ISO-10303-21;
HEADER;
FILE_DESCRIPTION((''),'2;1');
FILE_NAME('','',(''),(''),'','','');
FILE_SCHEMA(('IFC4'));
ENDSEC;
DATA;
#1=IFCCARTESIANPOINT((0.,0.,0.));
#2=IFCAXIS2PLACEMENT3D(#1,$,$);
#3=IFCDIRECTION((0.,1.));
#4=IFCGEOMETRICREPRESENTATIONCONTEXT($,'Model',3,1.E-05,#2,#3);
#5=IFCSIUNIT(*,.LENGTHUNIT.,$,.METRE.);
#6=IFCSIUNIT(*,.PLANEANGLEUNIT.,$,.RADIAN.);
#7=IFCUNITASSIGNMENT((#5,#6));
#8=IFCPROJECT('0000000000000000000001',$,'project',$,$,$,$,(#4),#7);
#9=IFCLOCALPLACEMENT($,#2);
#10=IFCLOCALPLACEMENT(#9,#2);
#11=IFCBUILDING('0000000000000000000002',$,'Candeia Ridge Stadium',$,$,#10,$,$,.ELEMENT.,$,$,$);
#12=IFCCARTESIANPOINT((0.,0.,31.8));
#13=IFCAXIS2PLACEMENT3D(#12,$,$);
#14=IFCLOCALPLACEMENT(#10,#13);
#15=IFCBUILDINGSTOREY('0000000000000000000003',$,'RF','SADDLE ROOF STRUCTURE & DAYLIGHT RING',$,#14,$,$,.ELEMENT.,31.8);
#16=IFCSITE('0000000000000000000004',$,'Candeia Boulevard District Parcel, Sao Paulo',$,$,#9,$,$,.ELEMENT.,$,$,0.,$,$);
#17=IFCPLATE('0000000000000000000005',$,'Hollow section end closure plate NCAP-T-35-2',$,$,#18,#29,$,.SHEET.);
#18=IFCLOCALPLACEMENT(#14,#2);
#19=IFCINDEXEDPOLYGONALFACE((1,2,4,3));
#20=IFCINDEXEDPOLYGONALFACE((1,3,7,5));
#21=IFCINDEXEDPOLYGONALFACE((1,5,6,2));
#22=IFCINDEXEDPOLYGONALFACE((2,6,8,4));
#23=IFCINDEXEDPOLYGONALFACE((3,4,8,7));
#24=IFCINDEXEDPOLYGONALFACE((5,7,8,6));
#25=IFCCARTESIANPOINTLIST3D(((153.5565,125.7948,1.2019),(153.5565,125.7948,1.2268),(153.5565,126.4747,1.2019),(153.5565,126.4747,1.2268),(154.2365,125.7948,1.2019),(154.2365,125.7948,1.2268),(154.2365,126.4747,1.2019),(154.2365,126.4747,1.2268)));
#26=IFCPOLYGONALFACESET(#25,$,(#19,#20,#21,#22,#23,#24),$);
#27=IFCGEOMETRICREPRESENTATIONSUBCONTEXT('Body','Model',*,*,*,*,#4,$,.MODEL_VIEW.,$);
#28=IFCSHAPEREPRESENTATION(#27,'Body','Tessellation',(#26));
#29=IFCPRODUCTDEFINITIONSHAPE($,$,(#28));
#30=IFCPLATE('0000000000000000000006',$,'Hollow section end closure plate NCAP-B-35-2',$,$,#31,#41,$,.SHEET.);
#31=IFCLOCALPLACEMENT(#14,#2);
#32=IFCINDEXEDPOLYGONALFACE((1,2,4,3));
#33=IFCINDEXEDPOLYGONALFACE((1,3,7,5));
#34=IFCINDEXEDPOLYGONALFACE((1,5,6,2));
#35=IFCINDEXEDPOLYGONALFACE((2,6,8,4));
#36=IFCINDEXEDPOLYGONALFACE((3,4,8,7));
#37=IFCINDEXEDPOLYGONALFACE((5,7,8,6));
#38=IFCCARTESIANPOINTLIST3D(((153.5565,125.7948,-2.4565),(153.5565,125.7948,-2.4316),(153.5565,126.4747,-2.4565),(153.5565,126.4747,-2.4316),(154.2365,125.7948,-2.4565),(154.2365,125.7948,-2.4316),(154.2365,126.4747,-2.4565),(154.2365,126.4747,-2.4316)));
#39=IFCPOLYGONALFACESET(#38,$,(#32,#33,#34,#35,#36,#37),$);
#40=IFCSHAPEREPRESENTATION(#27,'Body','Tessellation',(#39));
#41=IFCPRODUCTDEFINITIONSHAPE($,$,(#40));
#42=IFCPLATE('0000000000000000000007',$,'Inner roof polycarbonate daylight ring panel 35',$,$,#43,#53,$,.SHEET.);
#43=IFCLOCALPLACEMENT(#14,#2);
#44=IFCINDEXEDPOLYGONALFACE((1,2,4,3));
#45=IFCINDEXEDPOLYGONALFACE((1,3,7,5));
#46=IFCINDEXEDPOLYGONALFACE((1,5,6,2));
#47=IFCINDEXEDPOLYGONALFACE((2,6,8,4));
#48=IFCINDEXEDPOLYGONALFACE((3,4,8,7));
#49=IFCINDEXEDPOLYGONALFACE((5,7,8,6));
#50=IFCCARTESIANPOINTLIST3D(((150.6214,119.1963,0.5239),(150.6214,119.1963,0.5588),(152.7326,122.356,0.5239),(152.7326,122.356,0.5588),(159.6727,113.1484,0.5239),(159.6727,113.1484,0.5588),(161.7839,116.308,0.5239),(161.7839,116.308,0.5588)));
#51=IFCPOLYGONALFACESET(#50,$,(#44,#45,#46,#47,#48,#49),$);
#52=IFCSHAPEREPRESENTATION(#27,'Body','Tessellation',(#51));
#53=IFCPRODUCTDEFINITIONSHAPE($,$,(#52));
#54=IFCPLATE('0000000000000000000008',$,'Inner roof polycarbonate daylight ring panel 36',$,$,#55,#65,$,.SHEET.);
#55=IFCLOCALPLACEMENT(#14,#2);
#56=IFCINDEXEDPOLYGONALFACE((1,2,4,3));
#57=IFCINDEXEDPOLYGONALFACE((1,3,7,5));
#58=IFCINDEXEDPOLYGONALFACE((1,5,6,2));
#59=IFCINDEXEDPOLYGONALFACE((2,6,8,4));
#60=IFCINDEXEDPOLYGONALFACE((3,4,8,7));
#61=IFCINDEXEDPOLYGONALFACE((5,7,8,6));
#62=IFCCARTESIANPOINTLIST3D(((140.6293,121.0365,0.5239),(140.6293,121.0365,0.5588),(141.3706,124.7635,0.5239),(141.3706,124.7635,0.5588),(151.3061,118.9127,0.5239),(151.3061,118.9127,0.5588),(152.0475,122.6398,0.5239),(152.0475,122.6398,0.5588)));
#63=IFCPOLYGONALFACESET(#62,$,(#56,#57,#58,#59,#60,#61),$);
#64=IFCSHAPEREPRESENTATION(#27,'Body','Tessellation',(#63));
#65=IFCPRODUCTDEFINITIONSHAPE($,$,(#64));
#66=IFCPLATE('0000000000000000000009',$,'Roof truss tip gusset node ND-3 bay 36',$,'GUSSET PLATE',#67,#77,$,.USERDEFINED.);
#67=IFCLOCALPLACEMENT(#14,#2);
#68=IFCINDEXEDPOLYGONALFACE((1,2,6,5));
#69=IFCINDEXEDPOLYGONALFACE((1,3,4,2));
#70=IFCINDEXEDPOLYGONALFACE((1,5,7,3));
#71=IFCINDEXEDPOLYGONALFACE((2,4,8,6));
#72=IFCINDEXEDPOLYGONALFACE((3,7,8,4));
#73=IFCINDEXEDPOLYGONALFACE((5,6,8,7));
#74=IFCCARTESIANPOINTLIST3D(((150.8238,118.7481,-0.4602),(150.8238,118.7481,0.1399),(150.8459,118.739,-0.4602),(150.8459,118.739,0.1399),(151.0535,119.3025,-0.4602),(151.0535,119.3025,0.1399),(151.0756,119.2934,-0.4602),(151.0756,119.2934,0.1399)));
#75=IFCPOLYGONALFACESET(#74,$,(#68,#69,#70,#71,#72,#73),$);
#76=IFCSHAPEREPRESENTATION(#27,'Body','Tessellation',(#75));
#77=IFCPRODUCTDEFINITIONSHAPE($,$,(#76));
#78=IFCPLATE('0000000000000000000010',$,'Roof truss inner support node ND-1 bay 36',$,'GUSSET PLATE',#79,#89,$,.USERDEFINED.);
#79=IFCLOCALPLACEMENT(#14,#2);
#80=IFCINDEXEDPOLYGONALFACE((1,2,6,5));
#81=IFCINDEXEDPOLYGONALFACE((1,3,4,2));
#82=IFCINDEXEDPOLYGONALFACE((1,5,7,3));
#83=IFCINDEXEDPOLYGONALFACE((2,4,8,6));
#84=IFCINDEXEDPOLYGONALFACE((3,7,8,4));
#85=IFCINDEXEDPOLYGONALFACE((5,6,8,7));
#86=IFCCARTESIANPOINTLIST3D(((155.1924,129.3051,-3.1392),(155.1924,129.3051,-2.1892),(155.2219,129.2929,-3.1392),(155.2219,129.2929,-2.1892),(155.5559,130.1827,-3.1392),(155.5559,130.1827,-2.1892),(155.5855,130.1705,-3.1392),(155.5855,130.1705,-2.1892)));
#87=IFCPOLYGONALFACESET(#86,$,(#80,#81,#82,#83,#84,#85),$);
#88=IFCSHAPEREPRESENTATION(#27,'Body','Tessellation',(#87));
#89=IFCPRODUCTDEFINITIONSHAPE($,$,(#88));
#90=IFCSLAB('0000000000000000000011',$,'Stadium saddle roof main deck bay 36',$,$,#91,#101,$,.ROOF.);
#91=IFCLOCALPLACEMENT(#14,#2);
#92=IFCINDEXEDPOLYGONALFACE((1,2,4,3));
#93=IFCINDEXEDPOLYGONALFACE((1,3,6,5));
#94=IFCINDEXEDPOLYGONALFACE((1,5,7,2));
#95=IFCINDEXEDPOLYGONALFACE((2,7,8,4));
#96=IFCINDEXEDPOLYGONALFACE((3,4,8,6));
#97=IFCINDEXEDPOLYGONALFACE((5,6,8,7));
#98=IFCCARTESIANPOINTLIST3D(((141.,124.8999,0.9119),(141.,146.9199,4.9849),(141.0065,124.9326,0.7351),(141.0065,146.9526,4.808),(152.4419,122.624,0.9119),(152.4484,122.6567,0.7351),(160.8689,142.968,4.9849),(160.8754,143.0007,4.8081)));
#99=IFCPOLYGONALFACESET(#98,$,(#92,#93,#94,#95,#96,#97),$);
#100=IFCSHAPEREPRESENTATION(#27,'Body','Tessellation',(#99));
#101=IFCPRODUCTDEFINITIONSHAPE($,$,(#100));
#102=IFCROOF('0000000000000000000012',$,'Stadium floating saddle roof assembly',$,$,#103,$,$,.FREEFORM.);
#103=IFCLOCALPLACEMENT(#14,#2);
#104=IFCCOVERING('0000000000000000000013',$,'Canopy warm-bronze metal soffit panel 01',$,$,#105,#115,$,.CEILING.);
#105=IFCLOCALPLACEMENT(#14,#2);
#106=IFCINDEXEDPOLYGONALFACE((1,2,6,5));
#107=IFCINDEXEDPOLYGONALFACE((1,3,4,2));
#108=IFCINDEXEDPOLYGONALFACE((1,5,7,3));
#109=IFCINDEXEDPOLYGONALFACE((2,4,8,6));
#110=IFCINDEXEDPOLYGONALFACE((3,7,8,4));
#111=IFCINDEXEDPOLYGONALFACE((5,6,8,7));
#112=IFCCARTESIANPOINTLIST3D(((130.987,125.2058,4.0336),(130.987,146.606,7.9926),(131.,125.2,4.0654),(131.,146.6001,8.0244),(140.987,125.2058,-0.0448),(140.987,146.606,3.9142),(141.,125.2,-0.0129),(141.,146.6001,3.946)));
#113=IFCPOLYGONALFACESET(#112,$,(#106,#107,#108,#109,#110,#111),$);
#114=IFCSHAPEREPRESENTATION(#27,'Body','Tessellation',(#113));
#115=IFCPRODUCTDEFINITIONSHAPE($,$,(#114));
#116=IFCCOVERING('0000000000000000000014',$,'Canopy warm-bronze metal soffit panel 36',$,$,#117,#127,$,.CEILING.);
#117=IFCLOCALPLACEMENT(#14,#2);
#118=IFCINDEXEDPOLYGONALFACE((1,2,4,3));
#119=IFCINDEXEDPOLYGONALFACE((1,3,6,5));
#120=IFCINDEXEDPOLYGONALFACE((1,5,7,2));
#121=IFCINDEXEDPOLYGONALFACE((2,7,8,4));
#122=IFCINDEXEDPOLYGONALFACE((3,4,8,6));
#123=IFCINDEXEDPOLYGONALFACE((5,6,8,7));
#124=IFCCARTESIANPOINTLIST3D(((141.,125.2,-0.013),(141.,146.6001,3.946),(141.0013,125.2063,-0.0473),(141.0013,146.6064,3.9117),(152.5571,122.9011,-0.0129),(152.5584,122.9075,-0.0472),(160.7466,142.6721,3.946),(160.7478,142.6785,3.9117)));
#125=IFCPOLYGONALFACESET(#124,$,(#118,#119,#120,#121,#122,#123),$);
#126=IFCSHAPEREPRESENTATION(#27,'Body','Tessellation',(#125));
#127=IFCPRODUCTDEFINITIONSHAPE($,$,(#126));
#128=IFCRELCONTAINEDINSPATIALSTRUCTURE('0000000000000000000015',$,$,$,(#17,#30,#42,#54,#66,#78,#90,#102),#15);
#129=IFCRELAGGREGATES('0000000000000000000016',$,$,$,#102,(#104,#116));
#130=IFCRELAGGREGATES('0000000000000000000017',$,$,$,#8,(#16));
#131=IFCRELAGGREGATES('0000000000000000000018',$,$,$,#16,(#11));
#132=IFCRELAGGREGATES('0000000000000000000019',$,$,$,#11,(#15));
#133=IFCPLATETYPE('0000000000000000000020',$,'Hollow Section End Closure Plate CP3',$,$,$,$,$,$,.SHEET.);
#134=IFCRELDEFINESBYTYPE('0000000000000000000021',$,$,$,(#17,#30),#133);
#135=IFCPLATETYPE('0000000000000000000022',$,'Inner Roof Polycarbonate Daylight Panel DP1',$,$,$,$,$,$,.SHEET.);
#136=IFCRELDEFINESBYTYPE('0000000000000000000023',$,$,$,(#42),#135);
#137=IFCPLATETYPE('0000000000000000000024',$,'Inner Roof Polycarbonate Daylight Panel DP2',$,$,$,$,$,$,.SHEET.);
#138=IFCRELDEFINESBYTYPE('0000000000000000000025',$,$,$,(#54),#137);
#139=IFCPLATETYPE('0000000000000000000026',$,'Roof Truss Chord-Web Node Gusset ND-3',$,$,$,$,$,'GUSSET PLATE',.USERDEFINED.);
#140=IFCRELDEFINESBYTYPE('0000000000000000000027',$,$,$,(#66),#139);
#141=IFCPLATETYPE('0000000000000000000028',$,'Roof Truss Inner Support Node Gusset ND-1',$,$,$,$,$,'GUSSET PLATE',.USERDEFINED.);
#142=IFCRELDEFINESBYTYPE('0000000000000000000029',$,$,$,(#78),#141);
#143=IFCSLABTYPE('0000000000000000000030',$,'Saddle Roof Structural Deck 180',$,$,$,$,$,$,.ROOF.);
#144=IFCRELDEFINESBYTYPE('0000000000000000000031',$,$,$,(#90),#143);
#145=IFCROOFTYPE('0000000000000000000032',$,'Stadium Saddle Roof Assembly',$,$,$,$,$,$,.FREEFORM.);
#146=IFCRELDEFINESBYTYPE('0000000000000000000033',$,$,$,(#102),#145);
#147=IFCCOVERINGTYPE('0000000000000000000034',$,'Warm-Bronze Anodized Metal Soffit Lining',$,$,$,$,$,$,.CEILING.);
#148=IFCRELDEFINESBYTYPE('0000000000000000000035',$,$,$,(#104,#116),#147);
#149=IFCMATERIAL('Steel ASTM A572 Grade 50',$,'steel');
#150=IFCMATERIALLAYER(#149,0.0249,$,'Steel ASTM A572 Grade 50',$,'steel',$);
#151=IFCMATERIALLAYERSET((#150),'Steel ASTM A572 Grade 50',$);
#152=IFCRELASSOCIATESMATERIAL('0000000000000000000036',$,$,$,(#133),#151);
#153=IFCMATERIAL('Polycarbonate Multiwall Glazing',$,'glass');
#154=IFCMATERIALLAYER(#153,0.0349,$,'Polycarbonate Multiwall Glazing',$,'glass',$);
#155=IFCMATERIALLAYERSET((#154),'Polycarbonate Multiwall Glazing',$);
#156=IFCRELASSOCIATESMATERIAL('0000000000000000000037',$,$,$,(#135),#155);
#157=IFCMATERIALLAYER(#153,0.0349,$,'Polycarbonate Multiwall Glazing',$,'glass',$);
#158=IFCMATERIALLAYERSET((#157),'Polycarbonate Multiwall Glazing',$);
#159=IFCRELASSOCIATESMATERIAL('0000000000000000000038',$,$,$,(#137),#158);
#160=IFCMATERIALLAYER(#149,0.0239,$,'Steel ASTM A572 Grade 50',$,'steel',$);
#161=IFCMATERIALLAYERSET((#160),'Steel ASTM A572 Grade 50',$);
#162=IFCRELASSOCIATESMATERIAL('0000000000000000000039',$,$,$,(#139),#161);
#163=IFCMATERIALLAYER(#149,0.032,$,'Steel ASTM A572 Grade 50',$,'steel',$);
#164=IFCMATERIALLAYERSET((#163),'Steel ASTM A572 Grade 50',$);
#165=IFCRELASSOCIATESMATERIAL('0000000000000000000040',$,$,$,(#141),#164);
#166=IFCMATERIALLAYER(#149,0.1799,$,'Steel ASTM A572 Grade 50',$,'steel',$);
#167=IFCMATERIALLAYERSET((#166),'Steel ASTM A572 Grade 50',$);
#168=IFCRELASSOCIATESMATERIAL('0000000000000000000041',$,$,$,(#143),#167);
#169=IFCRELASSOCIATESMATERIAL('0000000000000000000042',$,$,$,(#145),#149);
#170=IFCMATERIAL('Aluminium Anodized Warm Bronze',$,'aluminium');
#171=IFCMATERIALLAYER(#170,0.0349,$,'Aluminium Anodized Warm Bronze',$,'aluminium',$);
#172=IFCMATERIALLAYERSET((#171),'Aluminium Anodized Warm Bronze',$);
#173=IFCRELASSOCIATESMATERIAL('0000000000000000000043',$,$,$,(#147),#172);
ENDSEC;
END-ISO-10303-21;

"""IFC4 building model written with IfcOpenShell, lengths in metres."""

from ifc_helpers import new_model, si_unit, direction, frame, origin, origin_2d, place, context, subcontext, project, spatial, polyline, rectangle, outline, extrude, material, layer, layer_set, type_object, element, aggregate, save


model = new_model("IFC4")

# Units and contexts
model_context = context("Model", 3, precision=1e-05, world=origin(), true_north=direction((0.0, 1.0)))
body_context = subcontext(model_context, "Body", "Model", "MODEL_VIEW")
ifc_project = project(units=[si_unit("LENGTHUNIT", "METRE"), si_unit("PLANEANGLEUNIT", "RADIAN")], contexts=[model_context])

# Site, building, storey
site_placement = place(None, origin())
site = spatial("IfcSite", under=ifc_project, at=site_placement, Name="Candeia Boulevard District Parcel, Sao Paulo", CompositionType="ELEMENT", RefElevation=0.0)
building_placement = place(site_placement, origin())
building = spatial("IfcBuilding", under=site, at=building_placement, Name="Candeia Ridge Stadium", CompositionType="ELEMENT")
storey_placement = place(building_placement, frame((0.0, 0.0, 31.8)))
storey = spatial("IfcBuildingStorey", under=building, at=storey_placement, Name="RF", Description="SADDLE ROOF STRUCTURE & DAYLIGHT RING", CompositionType="ELEMENT", Elevation=31.8)

# Shared definitions
ifc_material_1 = material(Name="Steel ASTM A572 Grade 50", Category="steel")

# Plates
ifc_layer_1 = layer(ifc_material_1, 0.0249, Name="Steel ASTM A572 Grade 50", Category="steel")
ifc_layer_set_1 = layer_set([ifc_layer_1], Name="Steel ASTM A572 Grade 50")
plate_type_1 = type_object("IfcPlateType", Name="Hollow Section End Closure Plate CP3", PredefinedType="SHEET", material=ifc_layer_set_1)
for number, where, z_axis, x_axis, name in (
    (1, (153.8965, 126.1348, 1.2019), (0.0, 0.0, 1.0), (1.0, 0.0, 0.0), "Hollow section end closure plate NCAP-T-35-2"),
    (2, (153.8965, 126.1348, -2.4565), (0.0, 0.0, 1.0), (1.0, 0.0, 0.0), "Hollow section end closure plate NCAP-B-35-2"),
):
    element("IfcPlate", number, at=place(storey_placement, frame(where, z_axis=z_axis, x_axis=x_axis)), inside=storey, type_object=plate_type_1, Name=name, PredefinedType="SHEET", context=body_context, shape_type="SweptSolid", body=[
        extrude(rectangle(XDim=0.6799, YDim=0.6799, at=origin_2d()), origin(), (0.0, 0.0, 1.0), 0.0249),
    ])
ifc_material_2 = material(Name="Polycarbonate Multiwall Glazing", Category="glass")
ifc_layer_2 = layer(ifc_material_2, 0.0349, Name="Polycarbonate Multiwall Glazing", Category="glass")
ifc_layer_set_2 = layer_set([ifc_layer_2], Name="Polycarbonate Multiwall Glazing")
plate_type_2 = type_object("IfcPlateType", Name="Inner Roof Polycarbonate Daylight Panel DP1", PredefinedType="SHEET", material=ifc_layer_set_2)
plate_1_placement = place(storey_placement, frame((156.2026, 117.7522, 0.5239), z_axis=(0.0, 0.0, 1.0), x_axis=(-0.83147, 0.55557, 0.0)))
element("IfcPlate", 3, at=plate_1_placement, inside=storey, type_object=plate_type_2, Name="Inner roof polycarbonate daylight ring panel 35", PredefinedType="SHEET", context=body_context, shape_type="SweptSolid", body=[
    extrude(rectangle(XDim=10.886, YDim=3.8, at=origin_2d()), origin(), (0.0, 0.0, 1.0), 0.0349),
])
ifc_layer_3 = layer(ifc_material_2, 0.0349, Name="Polycarbonate Multiwall Glazing", Category="glass")
ifc_layer_set_3 = layer_set([ifc_layer_3], Name="Polycarbonate Multiwall Glazing")
plate_type_3 = type_object("IfcPlateType", Name="Inner Roof Polycarbonate Daylight Panel DP2", PredefinedType="SHEET", material=ifc_layer_set_3)
plate_2_placement = place(storey_placement, frame((146.3384, 121.8381, 0.5239), z_axis=(0.0, 0.0, 1.0), x_axis=(-0.980785, 0.19509, 0.0)))
element("IfcPlate", 4, at=plate_2_placement, inside=storey, type_object=plate_type_3, Name="Inner roof polycarbonate daylight ring panel 36", PredefinedType="SHEET", context=body_context, shape_type="SweptSolid", body=[
    extrude(rectangle(XDim=10.886, YDim=3.8, at=origin_2d()), origin(), (0.0, 0.0, 1.0), 0.0349),
])
ifc_layer_4 = layer(ifc_material_1, 0.0239, Name="Steel ASTM A572 Grade 50", Category="steel")
ifc_layer_set_4 = layer_set([ifc_layer_4], Name="Steel ASTM A572 Grade 50")
plate_type_4 = type_object("IfcPlateType", Name="Roof Truss Chord-Web Node Gusset ND-3", ElementType="GUSSET PLATE", PredefinedType="USERDEFINED", material=ifc_layer_set_4)
plate_3_placement = place(storey_placement, frame((150.9497, 119.0208, -0.4602), z_axis=(0.0, 0.0, 1.0), x_axis=(0.382683, 0.92388, 0.0)))
element("IfcPlate", 5, at=plate_3_placement, inside=storey, type_object=plate_type_4, Name="Roof truss tip gusset node ND-3 bay 36", ObjectType="GUSSET PLATE", PredefinedType="USERDEFINED", context=body_context, shape_type="SweptSolid", body=[
    extrude(rectangle(XDim=0.6001, YDim=0.0239, at=origin_2d()), origin(), (0.0, 0.0, 1.0), 0.6001),
])
ifc_layer_5 = layer(ifc_material_1, 0.032, Name="Steel ASTM A572 Grade 50", Category="steel")
ifc_layer_set_5 = layer_set([ifc_layer_5], Name="Steel ASTM A572 Grade 50")
plate_type_5 = type_object("IfcPlateType", Name="Roof Truss Inner Support Node Gusset ND-1", ElementType="GUSSET PLATE", PredefinedType="USERDEFINED", material=ifc_layer_set_5)
plate_4_placement = place(storey_placement, frame((155.3889, 129.7378, -3.1392), z_axis=(0.0, 0.0, 1.0), x_axis=(0.382683, 0.92388, 0.0)))
element("IfcPlate", 6, at=plate_4_placement, inside=storey, type_object=plate_type_5, Name="Roof truss inner support node ND-1 bay 36", ObjectType="GUSSET PLATE", PredefinedType="USERDEFINED", context=body_context, shape_type="SweptSolid", body=[
    extrude(rectangle(XDim=0.95, YDim=0.032, at=origin_2d()), origin(), (0.0, 0.0, 1.0), 0.95),
])

# Slab
ifc_layer_6 = layer(ifc_material_1, 0.1799, Name="Steel ASTM A572 Grade 50", Category="steel")
ifc_layer_set_6 = layer_set([ifc_layer_6], Name="Steel ASTM A572 Grade 50")
slab_type = type_object("IfcSlabType", Name="Saddle Roof Structural Deck 180", PredefinedType="ROOF", material=ifc_layer_set_6)
slab_placement = place(storey_placement, frame((152.4419, 122.624, 0.9119), z_axis=(-0.036153, -0.181763, 0.982677), x_axis=(-0.980786, 0.195086, 0.000001)))
element("IfcSlab", 7, at=slab_placement, inside=storey, type_object=slab_type, Name="Stadium saddle roof main deck bay 36", PredefinedType="ROOF", context=body_context, shape_type="SweptSolid", body=[
    extrude(outline(polyline([(0.0, 0.0), (11.666, 0.0), (15.9618, -21.9776), (-4.2963, -21.9778), (0.0, 0.0)])), origin(), (0.0, 0.0, -1.0), 0.1799),
])

# Roof, coverings
roof_type = type_object("IfcRoofType", Name="Stadium Saddle Roof Assembly", PredefinedType="FREEFORM", material=ifc_material_1)
roof_placement = place(storey_placement, origin())
roof = element("IfcRoof", 8, at=roof_placement, inside=storey, type_object=roof_type, Name="Stadium floating saddle roof assembly", PredefinedType="FREEFORM")
ifc_material_3 = material(Name="Aluminium Anodized Warm Bronze", Category="aluminium")
ifc_layer_7 = layer(ifc_material_3, 0.0349, Name="Aluminium Anodized Warm Bronze", Category="aluminium")
ifc_layer_set_7 = layer_set([ifc_layer_7], Name="Aluminium Anodized Warm Bronze")
covering_type = type_object("IfcCoveringType", Name="Warm-Bronze Anodized Metal Soffit Lining", PredefinedType="CEILING", material=ifc_layer_set_7)
covering_1_placement = place(storey_placement, frame((141.0, 125.2, -0.0129), z_axis=(0.372216, -0.16884, 0.91266), x_axis=(-0.925953, 0.0, 0.377638)))
covering_1 = element("IfcCovering", 9, at=covering_1_placement, type_object=covering_type, Name="Canopy warm-bronze metal soffit panel 01", PredefinedType="CEILING", context=body_context, shape_type="SweptSolid", body=[
    extrude(outline(polyline([(0.0, 0.0), (10.7997, 0.0), (12.2947, -21.7119), (1.4951, -21.7119), (0.0, 0.0)])), origin(), (0.0, 0.0, -1.0), 0.0349),
])
covering_2_placement = place(storey_placement, frame((152.5571, 122.9011, -0.0129), z_axis=(-0.036162, -0.181793, 0.982672), x_axis=(-0.980786, 0.195088, -0.000001)))
covering_2 = element("IfcCovering", 10, at=covering_2_placement, type_object=covering_type, Name="Canopy warm-bronze metal soffit panel 36", PredefinedType="CEILING", context=body_context, shape_type="SweptSolid", body=[
    extrude(outline(polyline([(0.0, 0.0), (11.7835, 0.0), (15.9585, -21.3591), (-4.175, -21.3589), (0.0, 0.0)])), origin(), (0.0, 0.0, -1.0), 0.0349),
])
aggregate(roof, [covering_1, covering_2])

save(model, "model.ifc")
